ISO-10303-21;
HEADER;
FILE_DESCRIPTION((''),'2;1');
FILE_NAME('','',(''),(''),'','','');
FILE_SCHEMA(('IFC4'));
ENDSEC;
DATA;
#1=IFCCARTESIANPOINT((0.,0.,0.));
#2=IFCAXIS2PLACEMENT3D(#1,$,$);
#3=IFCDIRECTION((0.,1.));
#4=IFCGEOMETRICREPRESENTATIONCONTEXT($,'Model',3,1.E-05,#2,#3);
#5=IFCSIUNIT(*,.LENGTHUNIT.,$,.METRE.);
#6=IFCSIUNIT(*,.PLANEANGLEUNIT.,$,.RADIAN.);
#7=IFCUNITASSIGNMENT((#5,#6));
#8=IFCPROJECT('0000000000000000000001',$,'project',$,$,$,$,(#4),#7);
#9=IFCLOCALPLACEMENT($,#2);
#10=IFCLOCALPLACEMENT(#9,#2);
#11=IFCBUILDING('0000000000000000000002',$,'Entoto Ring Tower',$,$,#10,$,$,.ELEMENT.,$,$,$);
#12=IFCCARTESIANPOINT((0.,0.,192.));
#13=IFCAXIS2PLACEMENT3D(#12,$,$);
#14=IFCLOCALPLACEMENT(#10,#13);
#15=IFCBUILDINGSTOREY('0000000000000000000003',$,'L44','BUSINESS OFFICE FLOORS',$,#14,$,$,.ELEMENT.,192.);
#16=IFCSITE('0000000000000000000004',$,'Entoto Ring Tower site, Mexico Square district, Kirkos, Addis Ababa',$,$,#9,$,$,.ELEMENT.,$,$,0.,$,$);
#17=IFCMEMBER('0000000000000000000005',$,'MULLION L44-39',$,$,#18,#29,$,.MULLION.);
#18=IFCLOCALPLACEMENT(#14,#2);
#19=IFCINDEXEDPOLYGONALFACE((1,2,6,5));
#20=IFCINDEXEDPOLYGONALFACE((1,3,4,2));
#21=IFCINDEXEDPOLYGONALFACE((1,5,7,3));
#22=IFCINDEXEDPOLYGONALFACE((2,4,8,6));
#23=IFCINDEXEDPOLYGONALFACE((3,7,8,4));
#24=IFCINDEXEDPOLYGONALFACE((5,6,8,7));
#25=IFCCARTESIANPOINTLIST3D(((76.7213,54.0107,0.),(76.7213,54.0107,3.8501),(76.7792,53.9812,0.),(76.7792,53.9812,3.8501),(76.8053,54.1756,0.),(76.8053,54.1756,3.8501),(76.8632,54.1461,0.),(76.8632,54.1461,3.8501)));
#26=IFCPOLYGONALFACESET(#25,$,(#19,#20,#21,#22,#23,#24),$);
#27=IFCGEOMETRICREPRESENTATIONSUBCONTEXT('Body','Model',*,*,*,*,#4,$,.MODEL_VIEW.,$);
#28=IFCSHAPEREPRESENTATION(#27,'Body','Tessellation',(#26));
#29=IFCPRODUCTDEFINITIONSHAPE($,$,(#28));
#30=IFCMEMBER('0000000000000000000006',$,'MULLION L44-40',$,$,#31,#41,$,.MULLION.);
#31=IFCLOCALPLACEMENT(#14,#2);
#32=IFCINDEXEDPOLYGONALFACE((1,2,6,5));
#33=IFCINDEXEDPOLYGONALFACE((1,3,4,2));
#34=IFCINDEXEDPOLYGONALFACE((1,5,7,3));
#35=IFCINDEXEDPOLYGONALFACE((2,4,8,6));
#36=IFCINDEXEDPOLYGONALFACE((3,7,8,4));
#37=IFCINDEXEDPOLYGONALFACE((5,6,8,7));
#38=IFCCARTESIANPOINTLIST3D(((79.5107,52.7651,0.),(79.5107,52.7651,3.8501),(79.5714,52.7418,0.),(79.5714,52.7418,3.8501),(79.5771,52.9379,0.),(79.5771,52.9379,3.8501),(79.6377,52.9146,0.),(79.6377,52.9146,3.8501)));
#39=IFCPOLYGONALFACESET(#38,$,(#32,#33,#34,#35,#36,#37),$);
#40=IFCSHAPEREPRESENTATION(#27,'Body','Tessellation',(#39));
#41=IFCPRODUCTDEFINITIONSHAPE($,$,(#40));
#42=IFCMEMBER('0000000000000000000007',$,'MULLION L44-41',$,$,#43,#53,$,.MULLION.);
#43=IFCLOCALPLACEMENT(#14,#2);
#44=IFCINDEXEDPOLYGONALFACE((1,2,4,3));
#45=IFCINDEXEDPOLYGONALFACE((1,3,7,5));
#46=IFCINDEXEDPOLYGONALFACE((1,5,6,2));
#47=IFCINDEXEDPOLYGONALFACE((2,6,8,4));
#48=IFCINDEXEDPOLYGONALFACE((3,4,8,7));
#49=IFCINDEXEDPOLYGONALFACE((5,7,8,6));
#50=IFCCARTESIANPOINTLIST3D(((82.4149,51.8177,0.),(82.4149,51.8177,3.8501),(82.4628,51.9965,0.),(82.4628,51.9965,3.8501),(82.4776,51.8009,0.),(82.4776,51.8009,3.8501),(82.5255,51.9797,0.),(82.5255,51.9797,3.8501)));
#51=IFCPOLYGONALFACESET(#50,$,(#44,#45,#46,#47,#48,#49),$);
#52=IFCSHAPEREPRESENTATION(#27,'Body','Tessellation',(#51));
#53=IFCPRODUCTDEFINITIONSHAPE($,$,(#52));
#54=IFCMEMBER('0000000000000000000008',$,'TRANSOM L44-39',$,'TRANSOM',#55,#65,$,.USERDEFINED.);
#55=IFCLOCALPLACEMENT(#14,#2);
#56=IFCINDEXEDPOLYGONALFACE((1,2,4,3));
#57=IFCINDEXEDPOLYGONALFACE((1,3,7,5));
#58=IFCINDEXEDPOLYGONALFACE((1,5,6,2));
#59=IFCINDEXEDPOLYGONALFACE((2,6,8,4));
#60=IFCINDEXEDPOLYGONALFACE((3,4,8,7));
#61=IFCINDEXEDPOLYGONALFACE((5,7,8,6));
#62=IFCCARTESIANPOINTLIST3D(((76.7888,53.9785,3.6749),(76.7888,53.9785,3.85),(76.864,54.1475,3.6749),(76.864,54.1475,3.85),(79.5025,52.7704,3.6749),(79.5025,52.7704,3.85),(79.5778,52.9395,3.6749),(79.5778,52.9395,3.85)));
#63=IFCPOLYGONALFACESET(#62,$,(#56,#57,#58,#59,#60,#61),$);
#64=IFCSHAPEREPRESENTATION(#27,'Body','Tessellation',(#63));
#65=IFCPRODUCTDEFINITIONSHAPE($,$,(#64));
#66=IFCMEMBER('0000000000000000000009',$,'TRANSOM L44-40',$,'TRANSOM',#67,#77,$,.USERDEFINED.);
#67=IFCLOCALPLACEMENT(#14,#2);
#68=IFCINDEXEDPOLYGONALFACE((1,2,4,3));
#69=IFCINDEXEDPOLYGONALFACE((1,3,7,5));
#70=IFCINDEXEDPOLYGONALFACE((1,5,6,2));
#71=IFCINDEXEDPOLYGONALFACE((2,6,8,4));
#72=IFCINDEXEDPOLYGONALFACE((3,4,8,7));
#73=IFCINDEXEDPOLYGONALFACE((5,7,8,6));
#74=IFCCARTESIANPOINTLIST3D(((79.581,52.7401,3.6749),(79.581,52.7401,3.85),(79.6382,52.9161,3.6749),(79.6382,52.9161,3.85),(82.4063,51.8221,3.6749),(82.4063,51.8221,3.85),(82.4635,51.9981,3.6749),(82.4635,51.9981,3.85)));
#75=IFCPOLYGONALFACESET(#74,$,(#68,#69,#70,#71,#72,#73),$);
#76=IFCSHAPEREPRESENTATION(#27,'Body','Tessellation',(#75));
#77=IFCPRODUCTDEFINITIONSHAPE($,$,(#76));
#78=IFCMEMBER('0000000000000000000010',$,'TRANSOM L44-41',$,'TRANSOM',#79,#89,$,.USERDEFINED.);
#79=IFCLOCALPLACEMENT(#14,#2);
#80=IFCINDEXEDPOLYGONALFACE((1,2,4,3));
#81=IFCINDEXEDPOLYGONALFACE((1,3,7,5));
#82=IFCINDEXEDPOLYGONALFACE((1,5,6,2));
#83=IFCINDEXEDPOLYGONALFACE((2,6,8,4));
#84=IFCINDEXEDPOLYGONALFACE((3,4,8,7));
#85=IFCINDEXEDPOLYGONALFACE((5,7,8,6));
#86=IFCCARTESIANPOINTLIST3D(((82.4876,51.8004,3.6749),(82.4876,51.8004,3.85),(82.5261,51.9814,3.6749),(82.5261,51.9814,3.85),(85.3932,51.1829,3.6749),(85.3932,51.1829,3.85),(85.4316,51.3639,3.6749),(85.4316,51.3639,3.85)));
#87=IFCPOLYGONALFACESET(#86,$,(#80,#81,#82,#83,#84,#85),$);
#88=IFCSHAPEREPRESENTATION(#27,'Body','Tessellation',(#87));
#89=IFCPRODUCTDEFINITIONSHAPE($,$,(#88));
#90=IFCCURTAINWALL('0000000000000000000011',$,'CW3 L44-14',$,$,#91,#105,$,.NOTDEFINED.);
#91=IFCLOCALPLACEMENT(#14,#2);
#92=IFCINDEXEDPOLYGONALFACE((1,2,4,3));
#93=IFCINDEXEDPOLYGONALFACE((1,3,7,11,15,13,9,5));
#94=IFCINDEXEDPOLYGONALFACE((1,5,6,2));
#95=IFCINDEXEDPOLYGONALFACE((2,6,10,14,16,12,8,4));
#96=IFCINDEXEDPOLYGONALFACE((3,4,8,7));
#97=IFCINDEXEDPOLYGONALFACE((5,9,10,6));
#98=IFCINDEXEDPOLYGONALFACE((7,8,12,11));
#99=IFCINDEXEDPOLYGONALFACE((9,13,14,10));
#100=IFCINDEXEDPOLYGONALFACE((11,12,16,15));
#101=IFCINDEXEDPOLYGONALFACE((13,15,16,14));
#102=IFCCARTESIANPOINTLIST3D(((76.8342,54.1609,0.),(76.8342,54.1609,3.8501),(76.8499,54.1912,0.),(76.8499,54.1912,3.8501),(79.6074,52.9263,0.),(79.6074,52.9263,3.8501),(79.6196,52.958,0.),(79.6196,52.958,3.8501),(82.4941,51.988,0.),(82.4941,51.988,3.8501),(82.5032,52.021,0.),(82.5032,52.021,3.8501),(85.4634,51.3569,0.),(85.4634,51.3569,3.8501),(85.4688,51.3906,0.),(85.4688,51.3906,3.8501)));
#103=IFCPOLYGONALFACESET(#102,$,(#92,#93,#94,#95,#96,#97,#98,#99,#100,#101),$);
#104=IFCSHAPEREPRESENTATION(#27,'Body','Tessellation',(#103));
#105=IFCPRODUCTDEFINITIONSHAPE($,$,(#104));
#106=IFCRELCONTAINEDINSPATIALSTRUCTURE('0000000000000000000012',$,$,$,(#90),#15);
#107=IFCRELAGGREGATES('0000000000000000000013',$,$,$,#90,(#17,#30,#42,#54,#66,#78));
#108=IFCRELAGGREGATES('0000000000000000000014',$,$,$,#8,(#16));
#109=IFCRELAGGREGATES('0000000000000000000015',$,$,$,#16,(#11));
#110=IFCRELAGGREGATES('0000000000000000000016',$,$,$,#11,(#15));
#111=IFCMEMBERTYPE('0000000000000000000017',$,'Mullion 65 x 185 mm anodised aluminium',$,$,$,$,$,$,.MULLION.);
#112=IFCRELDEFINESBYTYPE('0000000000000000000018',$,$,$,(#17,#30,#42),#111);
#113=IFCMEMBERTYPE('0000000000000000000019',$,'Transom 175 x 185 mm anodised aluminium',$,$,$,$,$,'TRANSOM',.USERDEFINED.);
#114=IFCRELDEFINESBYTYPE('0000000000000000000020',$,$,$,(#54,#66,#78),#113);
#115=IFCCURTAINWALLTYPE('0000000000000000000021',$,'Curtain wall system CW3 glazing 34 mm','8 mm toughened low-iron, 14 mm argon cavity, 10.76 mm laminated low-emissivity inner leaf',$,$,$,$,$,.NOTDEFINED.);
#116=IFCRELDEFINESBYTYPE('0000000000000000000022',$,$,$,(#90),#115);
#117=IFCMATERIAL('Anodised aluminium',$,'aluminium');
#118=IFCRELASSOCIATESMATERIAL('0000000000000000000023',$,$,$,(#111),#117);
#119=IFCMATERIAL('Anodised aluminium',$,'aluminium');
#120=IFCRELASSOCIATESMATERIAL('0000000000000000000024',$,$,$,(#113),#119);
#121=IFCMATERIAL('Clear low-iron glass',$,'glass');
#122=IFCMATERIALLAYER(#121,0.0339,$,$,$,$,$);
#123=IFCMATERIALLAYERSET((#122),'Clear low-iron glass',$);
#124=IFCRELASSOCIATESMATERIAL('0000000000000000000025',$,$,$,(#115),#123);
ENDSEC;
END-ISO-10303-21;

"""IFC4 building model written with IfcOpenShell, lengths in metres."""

from ifc_helpers import new_model, si_unit, direction, frame, origin, origin_2d, place, context, subcontext, project, spatial, polyline, rectangle, outline, extrude, material, layer, layer_set, material_profile, profile_set, type_object, element, aggregate, save


model = new_model("IFC4")

# Units and contexts
model_context = context("Model", 3, precision=1e-05, world=origin(), true_north=direction((0.0, 1.0)))
body_context = subcontext(model_context, "Body", "Model", "MODEL_VIEW")
ifc_project = project(units=[si_unit("LENGTHUNIT", "METRE"), si_unit("PLANEANGLEUNIT", "RADIAN")], contexts=[model_context])

# Members
ifc_material_1 = material(Name="Anodised aluminium", Category="aluminium")
ifc_material_profile_1 = material_profile(ifc_material_1, rectangle(XDim=0.0649, YDim=0.1851, at=origin_2d()), Name="Mullion 65 x 185 mm anodised aluminium")
ifc_profile_set_1 = profile_set([ifc_material_profile_1], Name="Anodised aluminium")
member_type_1 = type_object("IfcMemberType", Name="Mullion 65 x 185 mm anodised aluminium", PredefinedType="MULLION", material=ifc_profile_set_1)
site_placement = place(None, origin())
building_placement = place(site_placement, origin())
storey_placement = place(building_placement, frame((0.0, 0.0, 192.0)))
member_1_placement = place(storey_placement, frame((76.7922, 54.0784, 0.0), z_axis=(0.0, 0.0, 1.0), x_axis=(0.891007, -0.45399, 0.0)))
member_1 = element("IfcMember", 1, at=member_1_placement, type_object=member_type_1, Name="MULLION L44-39", PredefinedType="MULLION", context=body_context, shape_type="SweptSolid", body=[
    extrude(rectangle(XDim=0.0649, YDim=0.1851, at=origin_2d()), origin(), (0.0, 0.0, 1.0), 3.8501),
])
member_2_placement = place(storey_placement, frame((79.5742, 52.8398, 0.0), z_axis=(0.0, 0.0, 1.0), x_axis=(0.93358, -0.358368, 0.0)))
member_2 = element("IfcMember", 2, at=member_2_placement, type_object=member_type_1, Name="MULLION L44-40", PredefinedType="MULLION", context=body_context, shape_type="SweptSolid", body=[
    extrude(rectangle(XDim=0.0649, YDim=0.1851, at=origin_2d()), origin(), (0.0, 0.0, 1.0), 3.8501),
])
member_3_placement = place(storey_placement, frame((82.4702, 51.8987, 0.0), z_axis=(0.0, 0.0, 1.0), x_axis=(0.965926, -0.258819, 0.0)))
member_3 = element("IfcMember", 3, at=member_3_placement, type_object=member_type_1, Name="MULLION L44-41", PredefinedType="MULLION", context=body_context, shape_type="SweptSolid", body=[
    extrude(rectangle(XDim=0.0649, YDim=0.1851, at=origin_2d()), origin(), (0.0, 0.0, 1.0), 3.8501),
])
ifc_material_2 = material(Name="Anodised aluminium", Category="aluminium")
ifc_material_profile_2 = material_profile(ifc_material_2, rectangle(XDim=0.1851, YDim=0.175, at=origin_2d()), Name="Transom 175 x 185 mm anodised aluminium")
ifc_profile_set_2 = profile_set([ifc_material_profile_2], Name="Anodised aluminium")
member_type_2 = type_object("IfcMemberType", Name="Transom 175 x 185 mm anodised aluminium", ElementType="TRANSOM", PredefinedType="USERDEFINED", material=ifc_profile_set_2)
member_4_placement = place(storey_placement, frame((76.8264, 54.063, 3.7625), z_axis=(0.913567, -0.406687, 0.0), x_axis=(0.406687, 0.913567, 0.0)))
member_4 = element("IfcMember", 4, at=member_4_placement, type_object=member_type_2, Name="TRANSOM L44-39", ObjectType="TRANSOM", PredefinedType="USERDEFINED", context=body_context, shape_type="SweptSolid", body=[
    extrude(rectangle(XDim=0.1851, YDim=0.175, at=origin_2d()), origin(), (0.0, 0.0, 1.0), 2.9705),
])
member_5_placement = place(storey_placement, frame((79.6096, 52.8281, 3.7625), z_axis=(0.951056, -0.309019, 0.0), x_axis=(0.309019, 0.951056, 0.0)))
member_5 = element("IfcMember", 5, at=member_5_placement, type_object=member_type_2, Name="TRANSOM L44-40", ObjectType="TRANSOM", PredefinedType="USERDEFINED", context=body_context, shape_type="SweptSolid", body=[
    extrude(rectangle(XDim=0.1851, YDim=0.175, at=origin_2d()), origin(), (0.0, 0.0, 1.0), 2.9707),
])
member_6_placement = place(storey_placement, frame((82.5068, 51.8909, 3.7625), z_axis=(0.978158, -0.207862, 0.0), x_axis=(0.207862, 0.978158, 0.0)))
member_6 = element("IfcMember", 6, at=member_6_placement, type_object=member_type_2, Name="TRANSOM L44-41", ObjectType="TRANSOM", PredefinedType="USERDEFINED", context=body_context, shape_type="SweptSolid", body=[
    extrude(rectangle(XDim=0.1851, YDim=0.175, at=origin_2d()), origin(), (0.0, 0.0, 1.0), 2.9705),
])

# Site, building, storey
site = spatial("IfcSite", under=ifc_project, at=site_placement, Name="Entoto Ring Tower site, Mexico Square district, Kirkos, Addis Ababa", CompositionType="ELEMENT", RefElevation=0.0)
building = spatial("IfcBuilding", under=site, at=building_placement, Name="Entoto Ring Tower", CompositionType="ELEMENT")
storey = spatial("IfcBuildingStorey", under=building, at=storey_placement, Name="L44", Description="BUSINESS OFFICE FLOORS", CompositionType="ELEMENT", Elevation=192.0)

# Curtain wall
ifc_material_3 = material(Name="Clear low-iron glass", Category="glass")
ifc_layer = layer(ifc_material_3, 0.0339)
ifc_layer_set = layer_set([ifc_layer], Name="Clear low-iron glass")
curtain_wall_type = type_object("IfcCurtainWallType", Name="Curtain wall system CW3 glazing 34 mm", Description="8 mm toughened low-iron, 14 mm argon cavity, 10.76 mm laminated low-emissivity inner leaf", PredefinedType="NOTDEFINED", material=ifc_layer_set)
curtain_wall_1_placement = place(storey_placement, origin())
curtain_wall_1 = element("IfcCurtainWall", 7, at=curtain_wall_1_placement, inside=storey, type_object=curtain_wall_type, Name="CW3 L44-14", PredefinedType="NOTDEFINED", context=body_context, shape_type="SweptSolid", body=[
    extrude(outline(polyline([(76.8342, 54.1609), (79.6074, 52.9263), (82.4941, 51.988), (85.4634, 51.3569), (85.4688, 51.3906), (82.5032, 52.021), (79.6196, 52.958), (76.8499, 54.1912), (76.8342, 54.1609)])), origin(), (0.0, 0.0, 1.0), 3.8501),
])
aggregate(curtain_wall_1, [member_1, member_2, member_3, member_4, member_5, member_6])

save(model, "model.ifc")
